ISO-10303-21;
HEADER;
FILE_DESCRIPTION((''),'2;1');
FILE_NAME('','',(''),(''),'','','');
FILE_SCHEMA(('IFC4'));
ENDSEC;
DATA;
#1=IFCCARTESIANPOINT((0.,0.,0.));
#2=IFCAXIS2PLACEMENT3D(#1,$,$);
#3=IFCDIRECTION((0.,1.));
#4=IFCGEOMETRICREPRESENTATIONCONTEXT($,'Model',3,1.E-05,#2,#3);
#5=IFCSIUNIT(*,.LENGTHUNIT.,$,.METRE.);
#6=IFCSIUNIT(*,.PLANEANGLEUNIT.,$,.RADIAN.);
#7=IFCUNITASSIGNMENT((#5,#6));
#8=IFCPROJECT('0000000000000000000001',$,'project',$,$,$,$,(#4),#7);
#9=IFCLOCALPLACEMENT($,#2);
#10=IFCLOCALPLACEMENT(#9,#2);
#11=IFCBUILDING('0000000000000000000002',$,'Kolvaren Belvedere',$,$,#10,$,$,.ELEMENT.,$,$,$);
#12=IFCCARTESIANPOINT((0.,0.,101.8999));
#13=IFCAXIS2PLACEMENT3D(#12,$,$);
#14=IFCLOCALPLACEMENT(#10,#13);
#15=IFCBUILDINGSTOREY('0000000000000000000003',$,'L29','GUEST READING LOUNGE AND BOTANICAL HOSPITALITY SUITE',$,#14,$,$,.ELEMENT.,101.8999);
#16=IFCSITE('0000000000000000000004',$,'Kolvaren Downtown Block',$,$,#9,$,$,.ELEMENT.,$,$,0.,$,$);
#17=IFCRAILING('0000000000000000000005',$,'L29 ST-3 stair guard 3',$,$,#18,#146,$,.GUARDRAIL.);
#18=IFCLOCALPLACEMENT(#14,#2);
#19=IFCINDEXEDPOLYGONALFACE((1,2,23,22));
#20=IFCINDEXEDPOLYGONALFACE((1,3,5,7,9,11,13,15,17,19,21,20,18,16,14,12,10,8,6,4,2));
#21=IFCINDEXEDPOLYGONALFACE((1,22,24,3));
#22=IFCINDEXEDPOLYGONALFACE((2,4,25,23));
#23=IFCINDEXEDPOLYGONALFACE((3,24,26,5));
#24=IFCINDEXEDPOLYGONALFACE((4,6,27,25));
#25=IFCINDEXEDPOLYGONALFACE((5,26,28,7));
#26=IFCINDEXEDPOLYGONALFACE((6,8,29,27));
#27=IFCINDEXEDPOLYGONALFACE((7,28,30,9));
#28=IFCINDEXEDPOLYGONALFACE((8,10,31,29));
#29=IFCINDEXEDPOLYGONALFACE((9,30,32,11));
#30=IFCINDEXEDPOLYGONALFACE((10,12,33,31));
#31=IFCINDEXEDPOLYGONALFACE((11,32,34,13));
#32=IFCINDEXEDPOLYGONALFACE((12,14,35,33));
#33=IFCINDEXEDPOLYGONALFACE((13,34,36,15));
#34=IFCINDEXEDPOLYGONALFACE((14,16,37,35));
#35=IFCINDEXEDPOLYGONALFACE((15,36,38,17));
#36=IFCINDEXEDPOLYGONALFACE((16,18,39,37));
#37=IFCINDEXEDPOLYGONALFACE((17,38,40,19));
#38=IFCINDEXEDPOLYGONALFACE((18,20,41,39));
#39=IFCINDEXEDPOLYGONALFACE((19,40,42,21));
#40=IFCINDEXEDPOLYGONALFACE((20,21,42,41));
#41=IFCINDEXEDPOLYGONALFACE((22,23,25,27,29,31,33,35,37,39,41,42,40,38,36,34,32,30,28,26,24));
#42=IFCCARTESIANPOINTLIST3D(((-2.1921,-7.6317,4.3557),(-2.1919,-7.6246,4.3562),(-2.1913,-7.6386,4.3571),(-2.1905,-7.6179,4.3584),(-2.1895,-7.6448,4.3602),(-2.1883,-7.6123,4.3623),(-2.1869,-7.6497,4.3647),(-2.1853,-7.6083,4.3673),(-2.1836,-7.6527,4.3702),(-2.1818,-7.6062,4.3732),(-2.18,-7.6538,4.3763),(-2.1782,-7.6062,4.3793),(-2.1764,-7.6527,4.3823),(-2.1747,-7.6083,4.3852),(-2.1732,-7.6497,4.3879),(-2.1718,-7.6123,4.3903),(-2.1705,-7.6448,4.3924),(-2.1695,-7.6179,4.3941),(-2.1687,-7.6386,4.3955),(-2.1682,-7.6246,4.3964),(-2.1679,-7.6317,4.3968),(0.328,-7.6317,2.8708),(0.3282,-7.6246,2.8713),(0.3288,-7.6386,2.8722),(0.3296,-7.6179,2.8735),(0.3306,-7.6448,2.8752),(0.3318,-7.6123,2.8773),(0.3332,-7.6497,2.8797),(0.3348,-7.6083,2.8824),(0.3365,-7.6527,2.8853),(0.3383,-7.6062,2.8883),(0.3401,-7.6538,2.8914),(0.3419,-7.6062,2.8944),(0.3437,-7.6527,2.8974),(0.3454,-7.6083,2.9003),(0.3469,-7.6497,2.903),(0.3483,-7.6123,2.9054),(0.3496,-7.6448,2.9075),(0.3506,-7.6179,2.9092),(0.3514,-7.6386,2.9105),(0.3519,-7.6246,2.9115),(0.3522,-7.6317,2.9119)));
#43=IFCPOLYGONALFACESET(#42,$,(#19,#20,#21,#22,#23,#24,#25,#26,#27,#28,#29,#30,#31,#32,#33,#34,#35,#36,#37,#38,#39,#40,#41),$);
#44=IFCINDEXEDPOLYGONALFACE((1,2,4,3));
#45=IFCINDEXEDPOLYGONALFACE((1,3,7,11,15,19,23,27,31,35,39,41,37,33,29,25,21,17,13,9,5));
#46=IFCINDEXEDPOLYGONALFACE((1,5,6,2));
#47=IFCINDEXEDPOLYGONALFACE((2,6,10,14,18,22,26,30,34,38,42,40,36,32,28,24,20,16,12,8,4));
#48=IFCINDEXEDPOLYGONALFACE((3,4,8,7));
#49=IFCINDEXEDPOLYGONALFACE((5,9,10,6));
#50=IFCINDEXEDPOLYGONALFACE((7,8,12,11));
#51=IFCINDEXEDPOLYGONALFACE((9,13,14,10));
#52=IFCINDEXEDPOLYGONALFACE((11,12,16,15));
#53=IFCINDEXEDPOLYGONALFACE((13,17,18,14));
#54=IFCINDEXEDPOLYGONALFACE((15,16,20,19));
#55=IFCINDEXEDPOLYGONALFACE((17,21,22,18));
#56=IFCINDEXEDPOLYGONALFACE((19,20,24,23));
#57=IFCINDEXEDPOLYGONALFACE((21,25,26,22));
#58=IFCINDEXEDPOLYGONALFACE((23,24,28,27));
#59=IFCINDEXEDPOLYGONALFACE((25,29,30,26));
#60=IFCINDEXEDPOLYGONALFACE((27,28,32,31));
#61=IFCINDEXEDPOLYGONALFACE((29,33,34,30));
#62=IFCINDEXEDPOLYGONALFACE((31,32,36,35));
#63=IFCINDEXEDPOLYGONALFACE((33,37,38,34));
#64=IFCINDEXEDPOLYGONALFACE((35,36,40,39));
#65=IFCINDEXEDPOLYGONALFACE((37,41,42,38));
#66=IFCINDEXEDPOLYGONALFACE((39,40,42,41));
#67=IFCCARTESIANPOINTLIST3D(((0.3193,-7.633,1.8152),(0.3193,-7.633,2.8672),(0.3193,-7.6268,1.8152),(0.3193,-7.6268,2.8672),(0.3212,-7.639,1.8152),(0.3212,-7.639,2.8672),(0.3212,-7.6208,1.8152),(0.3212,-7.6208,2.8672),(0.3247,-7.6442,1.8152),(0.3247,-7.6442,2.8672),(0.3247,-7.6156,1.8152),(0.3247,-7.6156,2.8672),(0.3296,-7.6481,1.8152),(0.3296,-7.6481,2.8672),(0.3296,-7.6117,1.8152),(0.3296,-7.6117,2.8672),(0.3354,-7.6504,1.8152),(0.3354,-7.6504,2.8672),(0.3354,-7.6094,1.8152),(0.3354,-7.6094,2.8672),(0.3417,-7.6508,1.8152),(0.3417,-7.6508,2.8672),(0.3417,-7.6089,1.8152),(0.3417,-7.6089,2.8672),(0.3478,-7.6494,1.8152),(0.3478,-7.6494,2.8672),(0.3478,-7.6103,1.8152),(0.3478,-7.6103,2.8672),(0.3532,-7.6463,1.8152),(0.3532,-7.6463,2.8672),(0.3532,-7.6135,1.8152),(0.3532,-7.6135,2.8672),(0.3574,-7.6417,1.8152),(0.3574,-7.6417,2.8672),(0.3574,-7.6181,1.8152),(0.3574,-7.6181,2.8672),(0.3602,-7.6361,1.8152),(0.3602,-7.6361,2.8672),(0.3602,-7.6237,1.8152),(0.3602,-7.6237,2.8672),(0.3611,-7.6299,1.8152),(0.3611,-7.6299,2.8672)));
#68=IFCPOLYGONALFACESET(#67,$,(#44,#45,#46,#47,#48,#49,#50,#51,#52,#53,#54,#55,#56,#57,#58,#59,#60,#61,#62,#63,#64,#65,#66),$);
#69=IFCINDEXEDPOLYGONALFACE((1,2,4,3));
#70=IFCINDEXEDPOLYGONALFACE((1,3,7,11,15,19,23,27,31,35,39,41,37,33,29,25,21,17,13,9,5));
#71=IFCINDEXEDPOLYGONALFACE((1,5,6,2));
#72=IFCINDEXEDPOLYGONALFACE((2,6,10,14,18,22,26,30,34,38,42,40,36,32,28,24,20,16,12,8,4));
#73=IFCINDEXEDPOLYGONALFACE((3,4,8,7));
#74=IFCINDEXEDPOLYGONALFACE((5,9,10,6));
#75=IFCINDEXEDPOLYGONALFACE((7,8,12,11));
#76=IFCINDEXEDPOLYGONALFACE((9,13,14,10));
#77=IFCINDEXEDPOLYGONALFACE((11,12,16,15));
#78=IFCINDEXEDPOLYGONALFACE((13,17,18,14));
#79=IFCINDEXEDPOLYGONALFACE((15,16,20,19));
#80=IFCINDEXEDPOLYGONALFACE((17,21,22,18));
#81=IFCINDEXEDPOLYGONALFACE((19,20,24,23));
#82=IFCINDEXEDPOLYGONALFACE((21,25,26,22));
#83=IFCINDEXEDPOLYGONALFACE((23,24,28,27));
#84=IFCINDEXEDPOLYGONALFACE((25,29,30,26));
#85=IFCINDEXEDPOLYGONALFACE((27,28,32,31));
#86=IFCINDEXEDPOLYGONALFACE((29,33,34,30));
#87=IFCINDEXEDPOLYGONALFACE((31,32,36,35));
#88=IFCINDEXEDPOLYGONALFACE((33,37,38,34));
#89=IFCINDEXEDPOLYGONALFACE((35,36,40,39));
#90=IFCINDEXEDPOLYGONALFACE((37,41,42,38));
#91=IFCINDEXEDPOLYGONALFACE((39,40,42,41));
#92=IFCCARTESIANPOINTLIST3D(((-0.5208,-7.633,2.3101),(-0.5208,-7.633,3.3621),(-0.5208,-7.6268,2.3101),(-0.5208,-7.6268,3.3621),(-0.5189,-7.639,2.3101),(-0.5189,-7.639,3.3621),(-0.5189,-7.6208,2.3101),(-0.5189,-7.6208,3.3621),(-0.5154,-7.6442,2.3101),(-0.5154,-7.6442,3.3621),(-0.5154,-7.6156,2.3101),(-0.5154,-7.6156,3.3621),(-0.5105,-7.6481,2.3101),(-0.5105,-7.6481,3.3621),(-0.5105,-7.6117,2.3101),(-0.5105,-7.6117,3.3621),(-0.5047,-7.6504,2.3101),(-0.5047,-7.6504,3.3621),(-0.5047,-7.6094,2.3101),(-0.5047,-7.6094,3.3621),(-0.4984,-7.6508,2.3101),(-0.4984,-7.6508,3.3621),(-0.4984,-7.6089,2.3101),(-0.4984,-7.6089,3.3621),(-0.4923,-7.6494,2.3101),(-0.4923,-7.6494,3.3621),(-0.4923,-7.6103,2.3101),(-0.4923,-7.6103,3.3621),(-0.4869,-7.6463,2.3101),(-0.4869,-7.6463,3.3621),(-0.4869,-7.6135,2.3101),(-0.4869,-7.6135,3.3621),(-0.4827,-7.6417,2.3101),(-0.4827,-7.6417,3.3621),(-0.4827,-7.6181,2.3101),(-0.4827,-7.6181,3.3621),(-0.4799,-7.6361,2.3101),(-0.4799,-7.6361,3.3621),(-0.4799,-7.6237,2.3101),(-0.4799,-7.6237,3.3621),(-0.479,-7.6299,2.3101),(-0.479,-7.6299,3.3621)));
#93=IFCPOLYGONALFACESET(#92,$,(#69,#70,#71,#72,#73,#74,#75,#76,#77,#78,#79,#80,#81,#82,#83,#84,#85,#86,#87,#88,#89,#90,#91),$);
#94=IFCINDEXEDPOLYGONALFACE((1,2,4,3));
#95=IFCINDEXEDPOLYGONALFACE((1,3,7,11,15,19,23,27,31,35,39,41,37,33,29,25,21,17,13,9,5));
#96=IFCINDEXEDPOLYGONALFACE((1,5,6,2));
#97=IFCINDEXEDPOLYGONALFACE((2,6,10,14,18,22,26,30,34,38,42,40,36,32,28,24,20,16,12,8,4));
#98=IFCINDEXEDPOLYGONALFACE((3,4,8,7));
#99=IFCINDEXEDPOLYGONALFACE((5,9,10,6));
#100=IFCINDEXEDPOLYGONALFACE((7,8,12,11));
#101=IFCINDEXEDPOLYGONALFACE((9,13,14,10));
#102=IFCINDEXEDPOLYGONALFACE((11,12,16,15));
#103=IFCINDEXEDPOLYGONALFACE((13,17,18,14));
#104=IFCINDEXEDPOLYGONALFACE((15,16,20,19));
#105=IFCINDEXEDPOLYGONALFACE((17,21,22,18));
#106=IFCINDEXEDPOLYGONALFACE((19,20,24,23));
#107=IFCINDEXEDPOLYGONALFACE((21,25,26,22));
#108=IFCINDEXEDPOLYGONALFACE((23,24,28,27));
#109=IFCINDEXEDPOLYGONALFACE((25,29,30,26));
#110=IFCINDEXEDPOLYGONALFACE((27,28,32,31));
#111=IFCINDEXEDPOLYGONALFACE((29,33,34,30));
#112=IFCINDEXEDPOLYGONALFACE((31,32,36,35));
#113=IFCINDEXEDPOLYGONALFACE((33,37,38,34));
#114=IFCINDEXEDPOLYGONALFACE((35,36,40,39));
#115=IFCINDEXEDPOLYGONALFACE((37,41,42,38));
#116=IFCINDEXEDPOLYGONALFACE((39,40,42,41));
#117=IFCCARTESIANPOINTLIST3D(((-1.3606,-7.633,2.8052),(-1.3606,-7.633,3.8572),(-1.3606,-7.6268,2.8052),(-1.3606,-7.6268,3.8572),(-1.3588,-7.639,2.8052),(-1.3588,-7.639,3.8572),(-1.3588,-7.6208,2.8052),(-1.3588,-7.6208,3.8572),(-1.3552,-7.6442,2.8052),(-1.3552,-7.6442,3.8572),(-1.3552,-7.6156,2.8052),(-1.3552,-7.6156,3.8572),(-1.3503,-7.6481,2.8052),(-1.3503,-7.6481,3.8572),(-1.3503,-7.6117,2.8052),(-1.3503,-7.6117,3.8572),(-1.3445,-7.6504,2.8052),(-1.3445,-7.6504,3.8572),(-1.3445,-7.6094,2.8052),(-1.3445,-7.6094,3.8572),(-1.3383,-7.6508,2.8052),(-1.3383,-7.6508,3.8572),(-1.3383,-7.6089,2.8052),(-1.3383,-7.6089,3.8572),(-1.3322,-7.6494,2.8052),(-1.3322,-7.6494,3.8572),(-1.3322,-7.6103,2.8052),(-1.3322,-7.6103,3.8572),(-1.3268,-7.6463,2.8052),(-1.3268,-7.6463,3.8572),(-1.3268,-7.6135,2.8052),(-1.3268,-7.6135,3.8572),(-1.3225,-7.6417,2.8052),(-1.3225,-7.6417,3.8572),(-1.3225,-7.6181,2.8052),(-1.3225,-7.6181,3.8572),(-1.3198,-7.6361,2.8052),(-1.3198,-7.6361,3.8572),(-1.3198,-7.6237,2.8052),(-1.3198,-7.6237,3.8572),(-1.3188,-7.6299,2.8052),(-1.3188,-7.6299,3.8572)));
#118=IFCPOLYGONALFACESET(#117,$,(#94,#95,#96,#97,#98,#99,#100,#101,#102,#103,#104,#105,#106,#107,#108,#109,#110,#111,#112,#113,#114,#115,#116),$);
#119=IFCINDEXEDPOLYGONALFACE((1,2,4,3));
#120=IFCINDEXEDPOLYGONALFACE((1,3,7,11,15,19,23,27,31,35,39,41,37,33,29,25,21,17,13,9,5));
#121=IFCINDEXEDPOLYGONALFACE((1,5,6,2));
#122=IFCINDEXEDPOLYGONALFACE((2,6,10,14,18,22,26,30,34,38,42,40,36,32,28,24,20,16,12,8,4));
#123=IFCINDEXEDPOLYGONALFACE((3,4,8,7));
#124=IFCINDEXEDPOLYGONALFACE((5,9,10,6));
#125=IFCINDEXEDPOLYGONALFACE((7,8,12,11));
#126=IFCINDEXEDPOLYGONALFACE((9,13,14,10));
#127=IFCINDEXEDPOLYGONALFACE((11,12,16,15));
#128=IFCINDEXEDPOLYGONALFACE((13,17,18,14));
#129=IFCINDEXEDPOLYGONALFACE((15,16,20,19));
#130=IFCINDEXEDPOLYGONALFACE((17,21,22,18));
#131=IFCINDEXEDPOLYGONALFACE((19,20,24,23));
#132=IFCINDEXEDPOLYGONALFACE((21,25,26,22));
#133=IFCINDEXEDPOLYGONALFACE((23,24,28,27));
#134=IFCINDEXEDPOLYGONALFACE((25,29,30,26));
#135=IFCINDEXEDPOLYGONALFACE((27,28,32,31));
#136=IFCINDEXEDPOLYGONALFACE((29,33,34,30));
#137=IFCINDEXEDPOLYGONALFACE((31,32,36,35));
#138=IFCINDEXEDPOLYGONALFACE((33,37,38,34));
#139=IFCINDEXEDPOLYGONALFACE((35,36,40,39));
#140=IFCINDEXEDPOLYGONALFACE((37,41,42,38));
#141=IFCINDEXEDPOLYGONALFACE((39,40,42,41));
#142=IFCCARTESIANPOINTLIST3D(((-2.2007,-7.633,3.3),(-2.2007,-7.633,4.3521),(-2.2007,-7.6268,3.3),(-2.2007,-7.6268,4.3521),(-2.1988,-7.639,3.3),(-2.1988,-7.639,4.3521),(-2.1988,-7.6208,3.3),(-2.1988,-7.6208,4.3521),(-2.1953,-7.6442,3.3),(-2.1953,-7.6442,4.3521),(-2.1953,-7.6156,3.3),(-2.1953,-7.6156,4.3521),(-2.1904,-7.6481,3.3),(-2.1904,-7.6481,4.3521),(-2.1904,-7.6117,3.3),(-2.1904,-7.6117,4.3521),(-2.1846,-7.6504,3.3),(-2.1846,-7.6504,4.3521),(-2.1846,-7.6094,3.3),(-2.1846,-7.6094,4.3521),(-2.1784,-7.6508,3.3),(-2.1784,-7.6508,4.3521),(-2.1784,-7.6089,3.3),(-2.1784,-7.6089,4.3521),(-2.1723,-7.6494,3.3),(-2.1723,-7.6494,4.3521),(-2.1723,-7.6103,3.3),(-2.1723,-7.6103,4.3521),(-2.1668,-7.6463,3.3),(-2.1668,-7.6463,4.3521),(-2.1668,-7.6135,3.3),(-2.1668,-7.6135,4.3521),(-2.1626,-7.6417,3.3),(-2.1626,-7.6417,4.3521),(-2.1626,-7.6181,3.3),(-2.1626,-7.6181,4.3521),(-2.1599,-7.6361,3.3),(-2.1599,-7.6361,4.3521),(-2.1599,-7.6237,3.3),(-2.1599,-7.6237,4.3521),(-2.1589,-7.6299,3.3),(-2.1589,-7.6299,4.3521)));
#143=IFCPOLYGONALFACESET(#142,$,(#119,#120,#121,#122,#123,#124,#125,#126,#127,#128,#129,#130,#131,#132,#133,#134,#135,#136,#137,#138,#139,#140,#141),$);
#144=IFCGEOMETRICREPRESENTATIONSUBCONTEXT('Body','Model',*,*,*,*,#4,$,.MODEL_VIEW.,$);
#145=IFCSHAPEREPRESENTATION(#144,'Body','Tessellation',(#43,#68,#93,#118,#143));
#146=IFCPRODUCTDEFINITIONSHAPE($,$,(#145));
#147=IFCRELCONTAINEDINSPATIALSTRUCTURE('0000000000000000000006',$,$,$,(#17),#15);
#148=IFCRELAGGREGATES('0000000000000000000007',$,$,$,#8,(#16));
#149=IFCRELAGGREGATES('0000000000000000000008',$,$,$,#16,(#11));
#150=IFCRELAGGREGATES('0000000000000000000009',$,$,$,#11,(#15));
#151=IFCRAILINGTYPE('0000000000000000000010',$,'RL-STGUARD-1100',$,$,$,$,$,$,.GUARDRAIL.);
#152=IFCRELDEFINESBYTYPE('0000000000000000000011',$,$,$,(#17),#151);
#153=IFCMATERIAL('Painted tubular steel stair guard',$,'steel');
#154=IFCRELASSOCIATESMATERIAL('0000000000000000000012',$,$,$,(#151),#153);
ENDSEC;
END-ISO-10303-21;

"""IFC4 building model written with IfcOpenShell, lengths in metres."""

from ifc_helpers import new_model, si_unit, direction, frame, origin, origin_2d, place, context, subcontext, project, spatial, circle, extrude, material, type_object, element, save


model = new_model("IFC4")

# Units and contexts
model_context = context("Model", 3, precision=1e-05, world=origin(), true_north=direction((0.0, 1.0)))
body_context = subcontext(model_context, "Body", "Model", "MODEL_VIEW")
ifc_project = project(units=[si_unit("LENGTHUNIT", "METRE"), si_unit("PLANEANGLEUNIT", "RADIAN")], contexts=[model_context])

# Site, building, storey
site_placement = place(None, origin())
site = spatial("IfcSite", under=ifc_project, at=site_placement, Name="Kolvaren Downtown Block", CompositionType="ELEMENT", RefElevation=0.0)
building_placement = place(site_placement, origin())
building = spatial("IfcBuilding", under=site, at=building_placement, Name="Kolvaren Belvedere", CompositionType="ELEMENT")
storey_placement = place(building_placement, frame((0.0, 0.0, 101.8999)))
storey = spatial("IfcBuildingStorey", under=building, at=storey_placement, Name="L29", Description="GUEST READING LOUNGE AND BOTANICAL HOSPITALITY SUITE", CompositionType="ELEMENT", Elevation=101.8999)

# Railing
ifc_material_1 = material(Name="Painted tubular steel stair guard", Category="steel")
railing_type_1 = type_object("IfcRailingType", Name="RL-STGUARD-1100", PredefinedType="GUARDRAIL", material=ifc_material_1)
railing_1_placement = place(storey_placement, frame((0.3401, -7.6299, 1.8152)))
element("IfcRailing", 1, at=railing_1_placement, inside=storey, type_object=railing_type_1, Name="L29 ST-3 stair guard 3", PredefinedType="GUARDRAIL", context=body_context, shape_type="SweptSolid", body=[
    extrude(circle(Radius=0.0239, at=origin_2d()), frame((0.0, 0.0, 1.0762), z_axis=(-0.861561, 0.0, 0.507655), x_axis=(0.0, -1.0, 0.0)), (0.0, 0.0, 1.0), 2.925),
    extrude(circle(Radius=0.021, at=origin_2d()), origin(), (0.0, 0.0, 1.0), 1.052),
    extrude(circle(Radius=0.021, at=origin_2d()), frame((-0.8401, 0.0, 0.4949)), (0.0, 0.0, 1.0), 1.052),
    extrude(circle(Radius=0.021, at=origin_2d()), frame((-1.6799, 0.0, 0.99)), (0.0, 0.0, 1.0), 1.052),
    extrude(circle(Radius=0.021, at=origin_2d()), frame((-2.52, 0.0, 1.4849)), (0.0, 0.0, 1.0), 1.052),
])

save(model, "model.ifc")
